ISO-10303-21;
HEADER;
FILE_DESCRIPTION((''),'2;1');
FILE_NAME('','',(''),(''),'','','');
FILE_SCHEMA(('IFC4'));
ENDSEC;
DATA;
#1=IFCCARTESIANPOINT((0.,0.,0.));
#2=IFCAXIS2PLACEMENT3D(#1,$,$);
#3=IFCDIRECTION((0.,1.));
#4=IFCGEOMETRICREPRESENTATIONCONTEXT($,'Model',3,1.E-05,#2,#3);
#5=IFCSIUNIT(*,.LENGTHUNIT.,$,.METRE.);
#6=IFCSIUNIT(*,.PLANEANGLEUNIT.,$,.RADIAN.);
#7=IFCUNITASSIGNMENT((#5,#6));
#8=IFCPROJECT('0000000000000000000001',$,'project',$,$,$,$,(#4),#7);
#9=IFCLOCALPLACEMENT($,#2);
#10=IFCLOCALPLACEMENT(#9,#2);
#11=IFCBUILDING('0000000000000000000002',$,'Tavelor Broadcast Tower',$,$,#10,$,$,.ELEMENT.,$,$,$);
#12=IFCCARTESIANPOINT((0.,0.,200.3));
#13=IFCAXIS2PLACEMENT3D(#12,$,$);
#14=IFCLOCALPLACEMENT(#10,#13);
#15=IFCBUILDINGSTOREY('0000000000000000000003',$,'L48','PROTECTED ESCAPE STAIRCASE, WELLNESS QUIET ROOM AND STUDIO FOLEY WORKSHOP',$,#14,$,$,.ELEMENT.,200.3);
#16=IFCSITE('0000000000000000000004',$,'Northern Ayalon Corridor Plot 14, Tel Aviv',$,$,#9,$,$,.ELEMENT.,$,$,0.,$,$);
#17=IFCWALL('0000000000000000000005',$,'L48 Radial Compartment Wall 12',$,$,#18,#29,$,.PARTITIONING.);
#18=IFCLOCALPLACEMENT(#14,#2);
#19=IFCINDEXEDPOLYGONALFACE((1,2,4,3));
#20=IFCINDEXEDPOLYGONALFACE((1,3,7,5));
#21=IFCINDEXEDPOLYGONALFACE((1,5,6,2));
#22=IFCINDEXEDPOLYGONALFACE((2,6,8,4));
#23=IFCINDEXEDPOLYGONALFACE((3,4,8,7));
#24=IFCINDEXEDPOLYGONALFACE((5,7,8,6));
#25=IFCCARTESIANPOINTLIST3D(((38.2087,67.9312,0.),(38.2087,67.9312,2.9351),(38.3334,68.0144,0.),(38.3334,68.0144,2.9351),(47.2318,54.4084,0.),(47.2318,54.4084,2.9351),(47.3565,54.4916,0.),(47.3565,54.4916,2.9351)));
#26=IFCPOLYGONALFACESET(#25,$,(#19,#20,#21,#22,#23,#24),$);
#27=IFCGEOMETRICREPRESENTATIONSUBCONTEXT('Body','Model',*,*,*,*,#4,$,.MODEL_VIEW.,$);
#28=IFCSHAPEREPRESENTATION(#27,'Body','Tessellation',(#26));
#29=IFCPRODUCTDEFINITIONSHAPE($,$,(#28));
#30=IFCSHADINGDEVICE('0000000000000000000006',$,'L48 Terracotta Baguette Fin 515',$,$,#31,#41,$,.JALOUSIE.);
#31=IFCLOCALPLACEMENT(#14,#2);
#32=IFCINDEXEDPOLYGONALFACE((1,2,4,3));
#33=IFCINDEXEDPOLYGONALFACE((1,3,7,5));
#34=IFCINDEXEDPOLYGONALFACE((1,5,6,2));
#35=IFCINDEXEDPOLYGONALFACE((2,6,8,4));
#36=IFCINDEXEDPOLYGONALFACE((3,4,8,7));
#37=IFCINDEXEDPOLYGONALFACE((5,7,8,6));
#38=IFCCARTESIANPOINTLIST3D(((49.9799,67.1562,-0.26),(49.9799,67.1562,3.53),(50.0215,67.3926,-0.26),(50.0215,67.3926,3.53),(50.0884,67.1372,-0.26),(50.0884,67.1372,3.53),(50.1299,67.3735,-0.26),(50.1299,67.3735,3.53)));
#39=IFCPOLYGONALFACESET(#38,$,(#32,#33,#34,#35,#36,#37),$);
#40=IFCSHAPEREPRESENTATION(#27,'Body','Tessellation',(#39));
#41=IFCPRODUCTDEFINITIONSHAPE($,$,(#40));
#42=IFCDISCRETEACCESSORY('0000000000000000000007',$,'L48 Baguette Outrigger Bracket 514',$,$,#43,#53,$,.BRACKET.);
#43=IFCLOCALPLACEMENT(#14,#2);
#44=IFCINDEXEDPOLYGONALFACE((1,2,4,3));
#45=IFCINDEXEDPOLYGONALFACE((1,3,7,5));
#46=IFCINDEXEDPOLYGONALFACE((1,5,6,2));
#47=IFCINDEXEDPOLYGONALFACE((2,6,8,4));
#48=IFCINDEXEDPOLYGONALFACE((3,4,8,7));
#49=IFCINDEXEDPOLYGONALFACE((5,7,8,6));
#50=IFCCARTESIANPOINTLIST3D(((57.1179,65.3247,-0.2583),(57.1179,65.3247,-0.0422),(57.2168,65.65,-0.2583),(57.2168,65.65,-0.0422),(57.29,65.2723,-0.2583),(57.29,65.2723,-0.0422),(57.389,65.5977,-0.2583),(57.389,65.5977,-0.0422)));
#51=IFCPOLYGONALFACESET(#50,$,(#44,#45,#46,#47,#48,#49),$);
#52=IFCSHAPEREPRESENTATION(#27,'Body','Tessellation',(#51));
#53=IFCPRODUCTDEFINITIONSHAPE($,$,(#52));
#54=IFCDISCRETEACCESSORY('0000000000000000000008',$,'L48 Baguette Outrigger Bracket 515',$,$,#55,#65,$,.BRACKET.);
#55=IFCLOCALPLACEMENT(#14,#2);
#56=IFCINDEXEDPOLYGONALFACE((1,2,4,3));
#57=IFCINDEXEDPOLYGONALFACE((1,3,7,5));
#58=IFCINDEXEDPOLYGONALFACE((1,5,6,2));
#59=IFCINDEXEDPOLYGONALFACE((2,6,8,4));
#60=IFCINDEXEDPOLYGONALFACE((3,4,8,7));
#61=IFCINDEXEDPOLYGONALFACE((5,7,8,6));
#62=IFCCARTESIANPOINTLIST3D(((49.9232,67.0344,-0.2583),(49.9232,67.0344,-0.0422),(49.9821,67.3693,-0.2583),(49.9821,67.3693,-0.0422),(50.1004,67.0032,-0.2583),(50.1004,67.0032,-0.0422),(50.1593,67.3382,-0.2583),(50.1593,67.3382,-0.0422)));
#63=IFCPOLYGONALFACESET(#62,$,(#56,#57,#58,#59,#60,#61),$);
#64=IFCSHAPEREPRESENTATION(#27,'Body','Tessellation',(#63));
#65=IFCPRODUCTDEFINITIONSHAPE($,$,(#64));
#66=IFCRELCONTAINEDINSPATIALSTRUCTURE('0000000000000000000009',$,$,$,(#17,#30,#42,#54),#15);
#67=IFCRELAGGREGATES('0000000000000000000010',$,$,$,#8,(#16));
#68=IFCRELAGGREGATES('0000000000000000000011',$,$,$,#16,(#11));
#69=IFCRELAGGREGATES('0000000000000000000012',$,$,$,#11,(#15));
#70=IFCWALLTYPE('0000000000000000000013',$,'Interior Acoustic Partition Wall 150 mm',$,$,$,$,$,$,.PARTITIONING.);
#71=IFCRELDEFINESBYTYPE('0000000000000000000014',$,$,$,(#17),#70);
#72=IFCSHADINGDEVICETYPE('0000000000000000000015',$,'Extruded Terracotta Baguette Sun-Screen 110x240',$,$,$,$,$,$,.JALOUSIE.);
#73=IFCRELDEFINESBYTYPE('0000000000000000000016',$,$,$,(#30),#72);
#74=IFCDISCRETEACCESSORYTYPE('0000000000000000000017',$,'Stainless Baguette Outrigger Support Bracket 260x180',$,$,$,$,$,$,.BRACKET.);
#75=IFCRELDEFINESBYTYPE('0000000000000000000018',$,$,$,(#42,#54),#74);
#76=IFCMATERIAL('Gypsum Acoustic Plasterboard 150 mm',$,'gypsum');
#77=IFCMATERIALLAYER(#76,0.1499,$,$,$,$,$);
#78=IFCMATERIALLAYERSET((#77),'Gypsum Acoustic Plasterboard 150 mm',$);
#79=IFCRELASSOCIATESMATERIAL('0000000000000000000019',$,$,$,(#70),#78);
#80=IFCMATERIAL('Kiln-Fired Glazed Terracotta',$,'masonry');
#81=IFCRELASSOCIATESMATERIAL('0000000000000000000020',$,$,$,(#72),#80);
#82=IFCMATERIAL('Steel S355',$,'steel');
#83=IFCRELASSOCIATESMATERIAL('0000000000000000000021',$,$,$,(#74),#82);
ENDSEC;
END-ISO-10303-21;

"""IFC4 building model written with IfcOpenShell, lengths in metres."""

from ifc_helpers import new_model, si_unit, direction, frame, frame_2d, origin, origin_2d, place, context, subcontext, project, spatial, rectangle, extrude, source, transform, mapped, material, layer, layer_set, type_object, type_shapes, element, save


model = new_model("IFC4")

# Units and contexts
model_context = context("Model", 3, precision=1e-05, world=origin(), true_north=direction((0.0, 1.0)))
body_context = subcontext(model_context, "Body", "Model", "MODEL_VIEW")
ifc_project = project(units=[si_unit("LENGTHUNIT", "METRE"), si_unit("PLANEANGLEUNIT", "RADIAN")], contexts=[model_context])

# Site, building, storey
site_placement = place(None, origin())
site = spatial("IfcSite", under=ifc_project, at=site_placement, Name="Northern Ayalon Corridor Plot 14, Tel Aviv", CompositionType="ELEMENT", RefElevation=0.0)
building_placement = place(site_placement, origin())
building = spatial("IfcBuilding", under=site, at=building_placement, Name="Tavelor Broadcast Tower", CompositionType="ELEMENT")
storey_placement = place(building_placement, frame((0.0, 0.0, 200.3)))
storey = spatial("IfcBuildingStorey", under=building, at=storey_placement, Name="L48", Description="PROTECTED ESCAPE STAIRCASE, WELLNESS QUIET ROOM AND STUDIO FOLEY WORKSHOP", CompositionType="ELEMENT", Elevation=200.3)

# Shared definitions
ifc_material_1 = material(Name="Steel S355", Category="steel")

# Shared definitions
ifc_material_2 = material(Name="Gypsum Acoustic Plasterboard 150 mm", Category="gypsum")
ifc_layer_1 = layer(ifc_material_2, 0.1499)
ifc_layer_set_1 = layer_set([ifc_layer_1], Name="Gypsum Acoustic Plasterboard 150 mm")
wall_type_1 = type_object("IfcWallType", Name="Interior Acoustic Partition Wall 150 mm", PredefinedType="PARTITIONING", material=ifc_layer_set_1)

# Wall
wall_1_placement = place(storey_placement, frame((47.2942, 54.45, 0.0), z_axis=(0.0, 0.0, 1.0), x_axis=(-0.555036, 0.831826, 0.0)))
element("IfcWall", 1, at=wall_1_placement, inside=storey, type_object=wall_type_1, Name="L48 Radial Compartment Wall 12", PredefinedType="PARTITIONING", context=body_context, shape_type="SweptSolid", body=[
    extrude(rectangle(XDim=16.2568, YDim=0.1499, at=frame_2d((8.1284, 0.0))), origin(), (0.0, 0.0, 1.0), 2.9351),
])

# Shading device
ifc_material_3 = material(Name="Kiln-Fired Glazed Terracotta", Category="masonry")
shading_device_type = type_object("IfcShadingDeviceType", Name="Extruded Terracotta Baguette Sun-Screen 110x240", PredefinedType="JALOUSIE", material=ifc_material_3)
shared_shape_1 = source(origin(), body_context, "Body", "SweptSolid", [
    extrude(rectangle(XDim=0.1101, YDim=0.24, at=origin_2d()), origin(), (0.0, 0.0, 1.0), 3.79),
])
type_shapes(shading_device_type, [shared_shape_1])
shading_device_placement = place(storey_placement, frame((50.0549, 67.2649, -0.26), z_axis=(0.0, 0.0, 1.0), x_axis=(-0.984899, 0.173133, 0.0)))
element("IfcShadingDevice", 2, at=shading_device_placement, inside=storey, type_object=shading_device_type, Name="L48 Terracotta Baguette Fin 515", PredefinedType="JALOUSIE", context=body_context, shape_type="MappedRepresentation", body=[
    mapped(shared_shape_1, transform((0.0, 0.0, 0.0), scale=1.0)),
])

# Discrete accessories
discrete_accessory_type = type_object("IfcDiscreteAccessoryType", Name="Stainless Baguette Outrigger Support Bracket 260x180", PredefinedType="BRACKET", material=ifc_material_1)
shared_shape_2 = source(origin(), body_context, "Body", "SweptSolid", [
    extrude(rectangle(XDim=0.1799, YDim=0.3401, at=origin_2d()), origin(), (0.0, 0.0, 1.0), 0.2161),
])
type_shapes(discrete_accessory_type, [shared_shape_2])
for number, where, z_axis, x_axis, name in (
    (3, (57.2534, 65.4612, -0.2583), (0.0, 0.0, 1.0), (-0.956712, 0.291036, 0.0), "L48 Baguette Outrigger Bracket 514"),
    (4, (50.0413, 67.1863, -0.2583), (0.0, 0.0, 1.0), (-0.984899, 0.173133, 0.0), "L48 Baguette Outrigger Bracket 515"),
):
    element("IfcDiscreteAccessory", number, at=place(storey_placement, frame(where, z_axis=z_axis, x_axis=x_axis)), inside=storey, type_object=discrete_accessory_type, Name=name, PredefinedType="BRACKET", context=body_context, shape_type="MappedRepresentation", body=[
        mapped(shared_shape_2, transform((0.0, 0.0, 0.0), scale=1.0)),
    ])

save(model, "model.ifc")
